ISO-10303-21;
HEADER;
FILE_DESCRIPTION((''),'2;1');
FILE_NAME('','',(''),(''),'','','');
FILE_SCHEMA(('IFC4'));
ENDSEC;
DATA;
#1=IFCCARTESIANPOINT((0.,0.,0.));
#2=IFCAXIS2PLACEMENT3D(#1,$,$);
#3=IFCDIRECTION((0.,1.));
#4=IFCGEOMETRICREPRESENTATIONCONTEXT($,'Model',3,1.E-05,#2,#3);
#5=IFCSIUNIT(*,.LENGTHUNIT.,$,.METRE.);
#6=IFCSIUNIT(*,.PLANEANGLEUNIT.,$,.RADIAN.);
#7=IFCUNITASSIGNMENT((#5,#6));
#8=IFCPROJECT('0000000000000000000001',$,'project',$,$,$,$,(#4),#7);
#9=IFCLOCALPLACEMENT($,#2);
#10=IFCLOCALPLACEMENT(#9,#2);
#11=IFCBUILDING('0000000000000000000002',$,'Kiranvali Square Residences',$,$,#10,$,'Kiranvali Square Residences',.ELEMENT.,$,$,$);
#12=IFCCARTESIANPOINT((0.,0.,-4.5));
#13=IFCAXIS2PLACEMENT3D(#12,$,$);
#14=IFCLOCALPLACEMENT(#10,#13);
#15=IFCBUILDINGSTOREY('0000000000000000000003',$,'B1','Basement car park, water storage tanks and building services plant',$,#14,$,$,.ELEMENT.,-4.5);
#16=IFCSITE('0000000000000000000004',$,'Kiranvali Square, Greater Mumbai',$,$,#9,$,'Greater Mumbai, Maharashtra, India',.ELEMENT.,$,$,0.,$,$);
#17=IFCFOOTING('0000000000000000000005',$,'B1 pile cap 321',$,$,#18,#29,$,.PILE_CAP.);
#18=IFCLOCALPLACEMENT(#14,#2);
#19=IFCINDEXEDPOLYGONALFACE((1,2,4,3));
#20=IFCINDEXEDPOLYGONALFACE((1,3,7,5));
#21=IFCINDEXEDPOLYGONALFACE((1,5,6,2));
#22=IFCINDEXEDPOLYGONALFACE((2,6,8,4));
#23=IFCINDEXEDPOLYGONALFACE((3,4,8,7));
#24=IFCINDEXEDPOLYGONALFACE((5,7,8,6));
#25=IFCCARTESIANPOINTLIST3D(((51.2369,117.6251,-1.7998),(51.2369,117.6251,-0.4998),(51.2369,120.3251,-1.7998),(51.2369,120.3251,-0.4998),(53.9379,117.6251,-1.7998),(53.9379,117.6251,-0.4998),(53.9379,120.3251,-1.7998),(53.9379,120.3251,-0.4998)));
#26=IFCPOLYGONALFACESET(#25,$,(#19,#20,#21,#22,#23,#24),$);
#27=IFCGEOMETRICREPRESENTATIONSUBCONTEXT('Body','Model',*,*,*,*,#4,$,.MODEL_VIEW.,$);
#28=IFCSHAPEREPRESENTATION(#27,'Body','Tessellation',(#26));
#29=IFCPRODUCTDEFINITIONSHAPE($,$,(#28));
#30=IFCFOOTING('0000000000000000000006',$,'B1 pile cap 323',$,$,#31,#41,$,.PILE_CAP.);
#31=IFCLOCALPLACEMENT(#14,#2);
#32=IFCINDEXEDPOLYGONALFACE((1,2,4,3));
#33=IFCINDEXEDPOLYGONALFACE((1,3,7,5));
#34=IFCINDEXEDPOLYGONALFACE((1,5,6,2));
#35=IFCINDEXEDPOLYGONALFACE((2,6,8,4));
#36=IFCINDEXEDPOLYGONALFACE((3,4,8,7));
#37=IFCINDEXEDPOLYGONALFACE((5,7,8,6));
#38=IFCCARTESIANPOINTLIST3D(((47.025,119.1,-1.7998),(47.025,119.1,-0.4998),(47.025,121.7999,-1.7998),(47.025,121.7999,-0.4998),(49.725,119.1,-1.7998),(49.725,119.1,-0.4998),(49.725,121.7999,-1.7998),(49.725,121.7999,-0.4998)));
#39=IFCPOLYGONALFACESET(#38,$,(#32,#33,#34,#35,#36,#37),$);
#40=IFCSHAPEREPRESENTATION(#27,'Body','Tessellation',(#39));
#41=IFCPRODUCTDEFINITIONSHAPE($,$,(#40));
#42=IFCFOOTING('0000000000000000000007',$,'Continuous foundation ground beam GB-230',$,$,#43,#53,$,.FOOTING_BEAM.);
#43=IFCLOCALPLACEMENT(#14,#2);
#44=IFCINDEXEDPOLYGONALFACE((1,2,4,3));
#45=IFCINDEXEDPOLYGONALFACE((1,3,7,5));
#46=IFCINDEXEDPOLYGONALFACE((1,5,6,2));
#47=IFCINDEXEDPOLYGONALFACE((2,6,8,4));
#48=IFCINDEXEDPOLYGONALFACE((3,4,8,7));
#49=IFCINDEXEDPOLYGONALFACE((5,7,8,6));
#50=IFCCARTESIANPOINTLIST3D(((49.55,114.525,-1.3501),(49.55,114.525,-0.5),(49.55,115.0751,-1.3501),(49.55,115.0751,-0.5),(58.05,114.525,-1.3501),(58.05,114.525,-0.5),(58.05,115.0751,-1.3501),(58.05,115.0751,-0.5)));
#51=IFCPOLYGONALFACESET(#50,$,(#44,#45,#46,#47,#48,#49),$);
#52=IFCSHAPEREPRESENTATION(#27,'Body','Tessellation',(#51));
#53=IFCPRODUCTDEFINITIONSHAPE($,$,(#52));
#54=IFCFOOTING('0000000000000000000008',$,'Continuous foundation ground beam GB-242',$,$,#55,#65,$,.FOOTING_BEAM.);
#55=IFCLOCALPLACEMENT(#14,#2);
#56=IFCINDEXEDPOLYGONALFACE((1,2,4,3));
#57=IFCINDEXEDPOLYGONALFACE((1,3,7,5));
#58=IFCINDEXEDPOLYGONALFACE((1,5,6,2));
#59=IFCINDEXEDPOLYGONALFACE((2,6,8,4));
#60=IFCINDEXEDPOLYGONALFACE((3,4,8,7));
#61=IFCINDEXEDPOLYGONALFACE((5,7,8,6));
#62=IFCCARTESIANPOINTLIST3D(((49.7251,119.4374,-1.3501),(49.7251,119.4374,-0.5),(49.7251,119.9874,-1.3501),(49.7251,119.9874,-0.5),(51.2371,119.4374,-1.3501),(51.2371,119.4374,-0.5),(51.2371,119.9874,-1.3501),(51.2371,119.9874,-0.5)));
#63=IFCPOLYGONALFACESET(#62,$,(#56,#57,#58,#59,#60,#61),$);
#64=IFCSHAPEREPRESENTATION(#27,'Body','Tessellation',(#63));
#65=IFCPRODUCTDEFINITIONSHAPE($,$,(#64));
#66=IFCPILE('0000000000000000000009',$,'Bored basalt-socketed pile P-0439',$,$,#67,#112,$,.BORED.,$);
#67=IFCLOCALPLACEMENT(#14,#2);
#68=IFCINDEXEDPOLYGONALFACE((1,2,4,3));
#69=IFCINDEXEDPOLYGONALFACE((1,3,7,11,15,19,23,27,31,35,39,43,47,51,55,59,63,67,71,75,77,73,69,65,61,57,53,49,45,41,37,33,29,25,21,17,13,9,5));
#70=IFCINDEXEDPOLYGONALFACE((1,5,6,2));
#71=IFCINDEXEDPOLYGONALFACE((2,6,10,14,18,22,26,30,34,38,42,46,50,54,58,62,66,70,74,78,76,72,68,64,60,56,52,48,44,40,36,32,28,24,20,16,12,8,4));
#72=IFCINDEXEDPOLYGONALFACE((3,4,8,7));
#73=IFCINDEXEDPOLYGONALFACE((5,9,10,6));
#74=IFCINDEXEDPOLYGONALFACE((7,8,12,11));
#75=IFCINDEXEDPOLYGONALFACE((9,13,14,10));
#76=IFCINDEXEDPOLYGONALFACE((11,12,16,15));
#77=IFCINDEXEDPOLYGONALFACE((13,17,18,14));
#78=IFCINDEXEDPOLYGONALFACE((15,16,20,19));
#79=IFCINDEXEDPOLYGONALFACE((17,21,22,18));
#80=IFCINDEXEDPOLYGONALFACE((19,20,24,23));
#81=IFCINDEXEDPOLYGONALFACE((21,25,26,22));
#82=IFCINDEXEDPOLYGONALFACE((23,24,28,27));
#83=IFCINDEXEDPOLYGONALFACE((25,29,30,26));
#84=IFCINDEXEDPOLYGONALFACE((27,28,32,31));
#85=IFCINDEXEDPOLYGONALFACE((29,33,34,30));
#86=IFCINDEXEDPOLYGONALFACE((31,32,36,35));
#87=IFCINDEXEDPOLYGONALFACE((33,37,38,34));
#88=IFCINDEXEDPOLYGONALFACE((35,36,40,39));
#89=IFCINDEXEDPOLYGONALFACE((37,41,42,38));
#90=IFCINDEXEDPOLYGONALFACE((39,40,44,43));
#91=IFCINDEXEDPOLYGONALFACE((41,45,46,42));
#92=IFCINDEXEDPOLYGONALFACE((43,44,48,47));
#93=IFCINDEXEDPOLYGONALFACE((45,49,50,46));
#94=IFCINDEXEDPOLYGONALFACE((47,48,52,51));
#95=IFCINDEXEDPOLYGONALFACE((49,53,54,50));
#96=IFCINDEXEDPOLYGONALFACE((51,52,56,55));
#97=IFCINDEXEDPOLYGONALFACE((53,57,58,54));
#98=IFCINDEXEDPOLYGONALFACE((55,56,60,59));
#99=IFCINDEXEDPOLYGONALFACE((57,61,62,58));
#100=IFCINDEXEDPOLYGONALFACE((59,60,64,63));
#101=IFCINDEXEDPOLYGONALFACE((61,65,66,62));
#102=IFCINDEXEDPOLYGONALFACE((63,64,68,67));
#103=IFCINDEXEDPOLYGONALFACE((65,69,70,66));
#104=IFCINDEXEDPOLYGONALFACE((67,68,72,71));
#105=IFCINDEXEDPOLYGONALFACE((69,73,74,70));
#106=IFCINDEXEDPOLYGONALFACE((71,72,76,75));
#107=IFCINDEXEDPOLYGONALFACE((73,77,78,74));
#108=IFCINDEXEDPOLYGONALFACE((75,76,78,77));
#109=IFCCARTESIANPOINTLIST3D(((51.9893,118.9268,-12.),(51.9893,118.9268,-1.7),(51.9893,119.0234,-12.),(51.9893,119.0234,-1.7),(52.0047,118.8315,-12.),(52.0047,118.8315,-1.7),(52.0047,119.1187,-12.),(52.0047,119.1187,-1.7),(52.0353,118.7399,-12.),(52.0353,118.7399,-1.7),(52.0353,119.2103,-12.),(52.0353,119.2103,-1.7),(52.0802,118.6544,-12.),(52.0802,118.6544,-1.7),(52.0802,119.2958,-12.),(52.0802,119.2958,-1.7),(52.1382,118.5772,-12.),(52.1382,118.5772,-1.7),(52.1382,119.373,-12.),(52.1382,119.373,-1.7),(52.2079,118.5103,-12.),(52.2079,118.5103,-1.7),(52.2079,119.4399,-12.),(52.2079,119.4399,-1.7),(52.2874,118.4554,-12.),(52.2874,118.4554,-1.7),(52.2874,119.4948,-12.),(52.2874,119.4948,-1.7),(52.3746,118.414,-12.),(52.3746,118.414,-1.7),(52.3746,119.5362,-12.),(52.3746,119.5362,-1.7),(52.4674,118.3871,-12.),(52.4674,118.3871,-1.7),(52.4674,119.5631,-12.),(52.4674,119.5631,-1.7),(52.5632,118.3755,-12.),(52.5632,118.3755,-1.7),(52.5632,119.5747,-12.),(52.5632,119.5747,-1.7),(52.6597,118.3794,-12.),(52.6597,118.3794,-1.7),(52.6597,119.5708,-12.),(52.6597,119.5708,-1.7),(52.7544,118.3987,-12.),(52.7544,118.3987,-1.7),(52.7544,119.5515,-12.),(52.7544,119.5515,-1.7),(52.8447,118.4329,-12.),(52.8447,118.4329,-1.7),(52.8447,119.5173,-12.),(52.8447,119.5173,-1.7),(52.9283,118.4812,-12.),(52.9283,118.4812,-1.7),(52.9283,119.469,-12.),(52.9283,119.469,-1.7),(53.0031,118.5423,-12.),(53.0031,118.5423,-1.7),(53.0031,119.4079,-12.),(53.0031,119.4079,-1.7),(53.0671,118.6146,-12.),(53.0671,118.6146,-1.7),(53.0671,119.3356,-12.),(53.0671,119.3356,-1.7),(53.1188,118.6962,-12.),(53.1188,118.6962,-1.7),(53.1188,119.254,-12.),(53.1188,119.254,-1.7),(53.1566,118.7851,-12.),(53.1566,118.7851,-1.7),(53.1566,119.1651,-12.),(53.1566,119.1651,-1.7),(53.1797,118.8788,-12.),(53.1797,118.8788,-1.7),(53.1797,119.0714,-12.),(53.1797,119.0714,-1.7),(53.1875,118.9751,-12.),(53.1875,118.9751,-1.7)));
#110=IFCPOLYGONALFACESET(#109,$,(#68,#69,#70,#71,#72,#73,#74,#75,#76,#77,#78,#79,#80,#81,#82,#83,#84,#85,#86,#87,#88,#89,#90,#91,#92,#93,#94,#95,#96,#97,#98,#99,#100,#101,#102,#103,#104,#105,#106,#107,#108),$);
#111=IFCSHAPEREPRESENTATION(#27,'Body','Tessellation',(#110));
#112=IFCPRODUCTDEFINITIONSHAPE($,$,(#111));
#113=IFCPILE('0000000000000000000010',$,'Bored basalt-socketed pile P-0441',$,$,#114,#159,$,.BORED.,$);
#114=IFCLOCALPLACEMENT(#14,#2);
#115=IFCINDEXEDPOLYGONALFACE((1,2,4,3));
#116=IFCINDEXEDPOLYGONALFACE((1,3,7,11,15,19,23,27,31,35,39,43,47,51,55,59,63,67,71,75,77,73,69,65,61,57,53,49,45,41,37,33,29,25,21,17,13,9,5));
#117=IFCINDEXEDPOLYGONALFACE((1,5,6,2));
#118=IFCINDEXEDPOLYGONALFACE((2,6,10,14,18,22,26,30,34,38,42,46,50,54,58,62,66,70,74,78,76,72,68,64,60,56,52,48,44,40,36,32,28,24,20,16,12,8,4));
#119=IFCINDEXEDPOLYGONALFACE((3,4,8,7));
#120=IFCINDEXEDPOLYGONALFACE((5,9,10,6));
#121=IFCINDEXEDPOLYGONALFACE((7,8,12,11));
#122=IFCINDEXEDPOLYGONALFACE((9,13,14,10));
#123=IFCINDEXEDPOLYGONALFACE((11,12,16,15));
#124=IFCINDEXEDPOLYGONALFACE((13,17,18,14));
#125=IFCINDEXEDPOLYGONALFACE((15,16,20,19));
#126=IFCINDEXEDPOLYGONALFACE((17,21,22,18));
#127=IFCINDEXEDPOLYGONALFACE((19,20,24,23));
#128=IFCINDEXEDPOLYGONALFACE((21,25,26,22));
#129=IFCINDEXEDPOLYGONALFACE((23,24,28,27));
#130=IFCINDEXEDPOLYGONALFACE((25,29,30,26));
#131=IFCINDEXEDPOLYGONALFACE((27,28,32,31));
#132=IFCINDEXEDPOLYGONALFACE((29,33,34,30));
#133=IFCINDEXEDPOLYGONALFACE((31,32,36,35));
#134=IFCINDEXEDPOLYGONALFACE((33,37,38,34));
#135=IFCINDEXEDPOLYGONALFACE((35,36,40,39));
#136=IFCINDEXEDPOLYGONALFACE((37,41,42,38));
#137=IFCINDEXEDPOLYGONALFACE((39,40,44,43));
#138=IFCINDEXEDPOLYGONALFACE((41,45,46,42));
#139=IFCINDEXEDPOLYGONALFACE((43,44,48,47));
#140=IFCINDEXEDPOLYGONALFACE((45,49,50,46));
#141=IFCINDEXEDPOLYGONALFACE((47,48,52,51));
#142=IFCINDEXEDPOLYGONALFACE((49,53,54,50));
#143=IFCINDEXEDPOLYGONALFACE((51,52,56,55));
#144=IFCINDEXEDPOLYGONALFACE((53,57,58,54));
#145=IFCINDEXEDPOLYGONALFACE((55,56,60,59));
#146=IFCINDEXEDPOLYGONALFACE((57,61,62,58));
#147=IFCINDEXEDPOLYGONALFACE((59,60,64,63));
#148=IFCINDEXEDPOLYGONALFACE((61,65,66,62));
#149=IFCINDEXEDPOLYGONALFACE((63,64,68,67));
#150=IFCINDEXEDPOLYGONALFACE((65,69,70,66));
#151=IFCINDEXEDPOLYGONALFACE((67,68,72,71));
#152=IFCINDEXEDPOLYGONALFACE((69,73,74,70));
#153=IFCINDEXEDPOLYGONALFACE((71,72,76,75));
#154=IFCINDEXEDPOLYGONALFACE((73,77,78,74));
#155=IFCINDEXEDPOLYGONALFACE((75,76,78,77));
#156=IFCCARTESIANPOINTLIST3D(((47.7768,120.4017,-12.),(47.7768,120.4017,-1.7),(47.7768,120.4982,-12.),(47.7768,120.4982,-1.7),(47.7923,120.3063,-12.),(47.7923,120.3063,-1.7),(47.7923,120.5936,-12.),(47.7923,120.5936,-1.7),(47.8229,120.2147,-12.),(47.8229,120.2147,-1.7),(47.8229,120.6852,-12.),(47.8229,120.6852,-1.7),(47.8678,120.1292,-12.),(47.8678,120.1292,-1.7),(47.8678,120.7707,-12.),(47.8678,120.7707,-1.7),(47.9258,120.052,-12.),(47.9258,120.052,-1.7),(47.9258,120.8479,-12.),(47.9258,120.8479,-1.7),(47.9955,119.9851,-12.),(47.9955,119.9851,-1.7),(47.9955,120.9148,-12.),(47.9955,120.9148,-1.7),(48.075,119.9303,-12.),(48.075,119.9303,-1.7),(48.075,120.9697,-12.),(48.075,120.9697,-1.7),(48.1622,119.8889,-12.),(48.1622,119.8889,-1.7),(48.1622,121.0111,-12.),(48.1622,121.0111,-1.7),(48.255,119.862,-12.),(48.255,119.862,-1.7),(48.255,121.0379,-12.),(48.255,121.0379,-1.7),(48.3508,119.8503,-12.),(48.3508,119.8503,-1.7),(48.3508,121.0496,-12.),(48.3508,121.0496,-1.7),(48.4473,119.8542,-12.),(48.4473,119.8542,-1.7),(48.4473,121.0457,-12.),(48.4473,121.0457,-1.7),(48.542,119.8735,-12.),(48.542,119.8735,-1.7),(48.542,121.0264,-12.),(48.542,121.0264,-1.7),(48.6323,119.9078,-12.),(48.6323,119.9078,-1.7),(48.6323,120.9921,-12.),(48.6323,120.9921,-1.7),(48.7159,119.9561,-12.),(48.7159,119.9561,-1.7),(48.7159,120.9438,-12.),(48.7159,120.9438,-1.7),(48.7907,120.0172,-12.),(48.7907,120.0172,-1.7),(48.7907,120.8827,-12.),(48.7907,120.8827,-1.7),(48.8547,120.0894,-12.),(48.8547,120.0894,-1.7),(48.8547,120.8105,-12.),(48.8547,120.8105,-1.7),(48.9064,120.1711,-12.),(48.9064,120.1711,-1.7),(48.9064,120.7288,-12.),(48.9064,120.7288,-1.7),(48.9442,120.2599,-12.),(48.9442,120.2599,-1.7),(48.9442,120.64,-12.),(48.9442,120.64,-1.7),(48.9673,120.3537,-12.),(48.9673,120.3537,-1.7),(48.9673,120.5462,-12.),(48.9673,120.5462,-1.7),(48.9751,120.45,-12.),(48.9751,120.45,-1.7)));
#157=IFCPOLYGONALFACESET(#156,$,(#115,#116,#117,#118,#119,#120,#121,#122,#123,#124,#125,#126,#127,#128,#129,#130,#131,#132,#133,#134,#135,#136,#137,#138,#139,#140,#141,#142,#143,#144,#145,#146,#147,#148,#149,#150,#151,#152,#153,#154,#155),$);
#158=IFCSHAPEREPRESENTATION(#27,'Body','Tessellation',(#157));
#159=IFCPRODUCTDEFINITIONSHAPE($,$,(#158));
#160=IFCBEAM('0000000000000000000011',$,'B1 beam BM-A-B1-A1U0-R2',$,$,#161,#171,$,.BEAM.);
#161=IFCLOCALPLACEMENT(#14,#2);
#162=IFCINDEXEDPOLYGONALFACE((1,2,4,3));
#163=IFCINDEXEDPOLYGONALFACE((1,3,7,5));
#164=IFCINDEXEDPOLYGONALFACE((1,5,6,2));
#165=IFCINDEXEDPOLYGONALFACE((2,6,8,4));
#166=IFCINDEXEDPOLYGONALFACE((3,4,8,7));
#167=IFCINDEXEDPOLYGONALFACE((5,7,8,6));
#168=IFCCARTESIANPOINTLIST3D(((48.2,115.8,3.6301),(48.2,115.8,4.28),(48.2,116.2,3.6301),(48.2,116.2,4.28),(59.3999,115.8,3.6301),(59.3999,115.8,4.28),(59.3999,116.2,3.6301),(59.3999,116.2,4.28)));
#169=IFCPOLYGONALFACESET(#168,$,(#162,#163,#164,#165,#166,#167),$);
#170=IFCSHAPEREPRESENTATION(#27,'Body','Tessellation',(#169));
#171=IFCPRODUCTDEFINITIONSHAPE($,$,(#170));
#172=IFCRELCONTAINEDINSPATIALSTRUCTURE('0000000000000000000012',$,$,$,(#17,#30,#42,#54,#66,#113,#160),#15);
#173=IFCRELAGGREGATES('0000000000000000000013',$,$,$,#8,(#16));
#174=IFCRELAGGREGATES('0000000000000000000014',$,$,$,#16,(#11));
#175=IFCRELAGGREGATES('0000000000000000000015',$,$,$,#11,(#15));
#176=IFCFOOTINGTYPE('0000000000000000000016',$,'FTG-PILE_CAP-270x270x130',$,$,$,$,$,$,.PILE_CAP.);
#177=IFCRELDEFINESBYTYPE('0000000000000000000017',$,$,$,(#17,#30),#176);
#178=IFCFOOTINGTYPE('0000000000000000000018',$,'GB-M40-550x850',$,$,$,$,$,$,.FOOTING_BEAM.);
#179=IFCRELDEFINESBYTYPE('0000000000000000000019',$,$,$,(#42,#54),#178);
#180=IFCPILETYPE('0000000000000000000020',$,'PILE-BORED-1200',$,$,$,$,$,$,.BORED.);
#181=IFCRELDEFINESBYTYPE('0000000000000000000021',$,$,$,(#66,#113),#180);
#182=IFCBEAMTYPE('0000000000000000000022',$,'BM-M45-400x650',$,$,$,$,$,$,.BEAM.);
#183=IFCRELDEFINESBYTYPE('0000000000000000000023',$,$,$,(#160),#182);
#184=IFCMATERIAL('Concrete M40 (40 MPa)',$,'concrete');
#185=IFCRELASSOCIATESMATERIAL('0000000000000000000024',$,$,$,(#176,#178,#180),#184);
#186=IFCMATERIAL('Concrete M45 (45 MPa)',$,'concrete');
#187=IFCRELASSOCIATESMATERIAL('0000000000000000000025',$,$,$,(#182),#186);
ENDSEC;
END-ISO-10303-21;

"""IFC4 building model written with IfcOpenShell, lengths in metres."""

from ifc_helpers import new_model, si_unit, direction, frame, origin, origin_2d, place, context, subcontext, project, spatial, rectangle, circle, extrude, material, material_profile, profile_set, type_object, element, save


model = new_model("IFC4")

# Units and contexts
model_context = context("Model", 3, precision=1e-05, world=origin(), true_north=direction((0.0, 1.0)))
body_context = subcontext(model_context, "Body", "Model", "MODEL_VIEW")
ifc_project = project(units=[si_unit("LENGTHUNIT", "METRE"), si_unit("PLANEANGLEUNIT", "RADIAN")], contexts=[model_context])

# Site, building, storey
site_placement = place(None, origin())
site = spatial("IfcSite", under=ifc_project, at=site_placement, Name="Kiranvali Square, Greater Mumbai", LongName="Greater Mumbai, Maharashtra, India", CompositionType="ELEMENT", RefElevation=0.0)
building_placement = place(site_placement, origin())
building = spatial("IfcBuilding", under=site, at=building_placement, Name="Kiranvali Square Residences", LongName="Kiranvali Square Residences", CompositionType="ELEMENT")
storey_placement = place(building_placement, frame((0.0, 0.0, -4.5)))
storey = spatial("IfcBuildingStorey", under=building, at=storey_placement, Name="B1", Description="Basement car park, water storage tanks and building services plant", CompositionType="ELEMENT", Elevation=-4.5)

# Footings
ifc_material_1 = material(Name="Concrete M40 (40 MPa)", Category="concrete")
footing_type_1 = type_object("IfcFootingType", Name="FTG-PILE_CAP-270x270x130", PredefinedType="PILE_CAP", material=ifc_material_1)
footing_1_placement = place(storey_placement, frame((52.5874, 118.9751, -1.7998), z_axis=(0.0, 0.0, 1.0), x_axis=(1.0, 0.0, 0.0)))
element("IfcFooting", 1, at=footing_1_placement, inside=storey, type_object=footing_type_1, Name="B1 pile cap 321", PredefinedType="PILE_CAP", context=body_context, shape_type="SweptSolid", body=[
    extrude(rectangle(XDim=2.7009, YDim=2.7, at=origin_2d()), origin(), (0.0, 0.0, 1.0), 1.3),
])
footing_2_placement = place(storey_placement, frame((48.375, 120.45, -1.7998), z_axis=(0.0, 0.0, 1.0), x_axis=(1.0, 0.0, 0.0)))
element("IfcFooting", 2, at=footing_2_placement, inside=storey, type_object=footing_type_1, Name="B1 pile cap 323", PredefinedType="PILE_CAP", context=body_context, shape_type="SweptSolid", body=[
    extrude(rectangle(XDim=2.7, YDim=2.7, at=origin_2d()), origin(), (0.0, 0.0, 1.0), 1.3),
])
ifc_material_profile_1 = material_profile(ifc_material_1, rectangle(XDim=0.55, YDim=0.8501, at=origin_2d()), Name="GB 550x850")
ifc_profile_set_1 = profile_set([ifc_material_profile_1], Name="Concrete M40 (40 MPa)")
footing_type_2 = type_object("IfcFootingType", Name="GB-M40-550x850", PredefinedType="FOOTING_BEAM", material=ifc_profile_set_1)
footing_3_placement = place(storey_placement, frame((49.55, 114.8, -0.925), z_axis=(1.0, 0.0, 0.0), x_axis=(0.0, 1.0, 0.0)))
element("IfcFooting", 3, at=footing_3_placement, inside=storey, type_object=footing_type_2, Name="Continuous foundation ground beam GB-230", PredefinedType="FOOTING_BEAM", context=body_context, shape_type="SweptSolid", body=[
    extrude(rectangle(XDim=0.55, YDim=0.8501, at=origin_2d()), origin(), (0.0, 0.0, 1.0), 8.5),
])
footing_4_placement = place(storey_placement, frame((49.7251, 119.7124, -0.925), z_axis=(1.0, 0.0, 0.0), x_axis=(0.0, 1.0, 0.0)))
element("IfcFooting", 4, at=footing_4_placement, inside=storey, type_object=footing_type_2, Name="Continuous foundation ground beam GB-242", PredefinedType="FOOTING_BEAM", context=body_context, shape_type="SweptSolid", body=[
    extrude(rectangle(XDim=0.55, YDim=0.8501, at=origin_2d()), origin(), (0.0, 0.0, 1.0), 1.512),
])

# Piles
ifc_material_profile_2 = material_profile(ifc_material_1, circle(Radius=0.6001, at=origin_2d()), Name="BORED PILE 1200")
ifc_profile_set_2 = profile_set([ifc_material_profile_2], Name="Concrete M40 (40 MPa)")
pile_type = type_object("IfcPileType", Name="PILE-BORED-1200", PredefinedType="BORED", material=ifc_profile_set_2)
for number, where, z_axis, x_axis, name in (
    (5, (52.5874, 118.9751, -1.7), (0.0, 0.0, -1.0), (1.0, 0.0, 0.0), "Bored basalt-socketed pile P-0439"),
    (6, (48.375, 120.45, -1.7), (0.0, 0.0, -1.0), (1.0, 0.0, 0.0), "Bored basalt-socketed pile P-0441"),
):
    element("IfcPile", number, at=place(storey_placement, frame(where, z_axis=z_axis, x_axis=x_axis)), inside=storey, type_object=pile_type, Name=name, PredefinedType="BORED", context=body_context, shape_type="SweptSolid", body=[
        extrude(circle(Radius=0.6001, at=origin_2d()), origin(), (0.0, 0.0, 1.0), 10.3),
    ])

# Beam
ifc_material_2 = material(Name="Concrete M45 (45 MPa)", Category="concrete")
ifc_material_profile_3 = material_profile(ifc_material_2, rectangle(XDim=0.3999, YDim=0.6499, at=origin_2d()), Name="RC 400x650")
ifc_profile_set_3 = profile_set([ifc_material_profile_3], Name="Concrete M45 (45 MPa)")
beam_type = type_object("IfcBeamType", Name="BM-M45-400x650", PredefinedType="BEAM", material=ifc_profile_set_3)
beam_placement = place(storey_placement, frame((48.2, 116.0, 3.9551), z_axis=(1.0, 0.0, 0.0), x_axis=(0.0, 1.0, 0.0)))
element("IfcBeam", 7, at=beam_placement, inside=storey, type_object=beam_type, Name="B1 beam BM-A-B1-A1U0-R2", PredefinedType="BEAM", context=body_context, shape_type="SweptSolid", body=[
    extrude(rectangle(XDim=0.3999, YDim=0.6499, at=origin_2d()), origin(), (0.0, 0.0, 1.0), 11.2),
])

save(model, "model.ifc")
